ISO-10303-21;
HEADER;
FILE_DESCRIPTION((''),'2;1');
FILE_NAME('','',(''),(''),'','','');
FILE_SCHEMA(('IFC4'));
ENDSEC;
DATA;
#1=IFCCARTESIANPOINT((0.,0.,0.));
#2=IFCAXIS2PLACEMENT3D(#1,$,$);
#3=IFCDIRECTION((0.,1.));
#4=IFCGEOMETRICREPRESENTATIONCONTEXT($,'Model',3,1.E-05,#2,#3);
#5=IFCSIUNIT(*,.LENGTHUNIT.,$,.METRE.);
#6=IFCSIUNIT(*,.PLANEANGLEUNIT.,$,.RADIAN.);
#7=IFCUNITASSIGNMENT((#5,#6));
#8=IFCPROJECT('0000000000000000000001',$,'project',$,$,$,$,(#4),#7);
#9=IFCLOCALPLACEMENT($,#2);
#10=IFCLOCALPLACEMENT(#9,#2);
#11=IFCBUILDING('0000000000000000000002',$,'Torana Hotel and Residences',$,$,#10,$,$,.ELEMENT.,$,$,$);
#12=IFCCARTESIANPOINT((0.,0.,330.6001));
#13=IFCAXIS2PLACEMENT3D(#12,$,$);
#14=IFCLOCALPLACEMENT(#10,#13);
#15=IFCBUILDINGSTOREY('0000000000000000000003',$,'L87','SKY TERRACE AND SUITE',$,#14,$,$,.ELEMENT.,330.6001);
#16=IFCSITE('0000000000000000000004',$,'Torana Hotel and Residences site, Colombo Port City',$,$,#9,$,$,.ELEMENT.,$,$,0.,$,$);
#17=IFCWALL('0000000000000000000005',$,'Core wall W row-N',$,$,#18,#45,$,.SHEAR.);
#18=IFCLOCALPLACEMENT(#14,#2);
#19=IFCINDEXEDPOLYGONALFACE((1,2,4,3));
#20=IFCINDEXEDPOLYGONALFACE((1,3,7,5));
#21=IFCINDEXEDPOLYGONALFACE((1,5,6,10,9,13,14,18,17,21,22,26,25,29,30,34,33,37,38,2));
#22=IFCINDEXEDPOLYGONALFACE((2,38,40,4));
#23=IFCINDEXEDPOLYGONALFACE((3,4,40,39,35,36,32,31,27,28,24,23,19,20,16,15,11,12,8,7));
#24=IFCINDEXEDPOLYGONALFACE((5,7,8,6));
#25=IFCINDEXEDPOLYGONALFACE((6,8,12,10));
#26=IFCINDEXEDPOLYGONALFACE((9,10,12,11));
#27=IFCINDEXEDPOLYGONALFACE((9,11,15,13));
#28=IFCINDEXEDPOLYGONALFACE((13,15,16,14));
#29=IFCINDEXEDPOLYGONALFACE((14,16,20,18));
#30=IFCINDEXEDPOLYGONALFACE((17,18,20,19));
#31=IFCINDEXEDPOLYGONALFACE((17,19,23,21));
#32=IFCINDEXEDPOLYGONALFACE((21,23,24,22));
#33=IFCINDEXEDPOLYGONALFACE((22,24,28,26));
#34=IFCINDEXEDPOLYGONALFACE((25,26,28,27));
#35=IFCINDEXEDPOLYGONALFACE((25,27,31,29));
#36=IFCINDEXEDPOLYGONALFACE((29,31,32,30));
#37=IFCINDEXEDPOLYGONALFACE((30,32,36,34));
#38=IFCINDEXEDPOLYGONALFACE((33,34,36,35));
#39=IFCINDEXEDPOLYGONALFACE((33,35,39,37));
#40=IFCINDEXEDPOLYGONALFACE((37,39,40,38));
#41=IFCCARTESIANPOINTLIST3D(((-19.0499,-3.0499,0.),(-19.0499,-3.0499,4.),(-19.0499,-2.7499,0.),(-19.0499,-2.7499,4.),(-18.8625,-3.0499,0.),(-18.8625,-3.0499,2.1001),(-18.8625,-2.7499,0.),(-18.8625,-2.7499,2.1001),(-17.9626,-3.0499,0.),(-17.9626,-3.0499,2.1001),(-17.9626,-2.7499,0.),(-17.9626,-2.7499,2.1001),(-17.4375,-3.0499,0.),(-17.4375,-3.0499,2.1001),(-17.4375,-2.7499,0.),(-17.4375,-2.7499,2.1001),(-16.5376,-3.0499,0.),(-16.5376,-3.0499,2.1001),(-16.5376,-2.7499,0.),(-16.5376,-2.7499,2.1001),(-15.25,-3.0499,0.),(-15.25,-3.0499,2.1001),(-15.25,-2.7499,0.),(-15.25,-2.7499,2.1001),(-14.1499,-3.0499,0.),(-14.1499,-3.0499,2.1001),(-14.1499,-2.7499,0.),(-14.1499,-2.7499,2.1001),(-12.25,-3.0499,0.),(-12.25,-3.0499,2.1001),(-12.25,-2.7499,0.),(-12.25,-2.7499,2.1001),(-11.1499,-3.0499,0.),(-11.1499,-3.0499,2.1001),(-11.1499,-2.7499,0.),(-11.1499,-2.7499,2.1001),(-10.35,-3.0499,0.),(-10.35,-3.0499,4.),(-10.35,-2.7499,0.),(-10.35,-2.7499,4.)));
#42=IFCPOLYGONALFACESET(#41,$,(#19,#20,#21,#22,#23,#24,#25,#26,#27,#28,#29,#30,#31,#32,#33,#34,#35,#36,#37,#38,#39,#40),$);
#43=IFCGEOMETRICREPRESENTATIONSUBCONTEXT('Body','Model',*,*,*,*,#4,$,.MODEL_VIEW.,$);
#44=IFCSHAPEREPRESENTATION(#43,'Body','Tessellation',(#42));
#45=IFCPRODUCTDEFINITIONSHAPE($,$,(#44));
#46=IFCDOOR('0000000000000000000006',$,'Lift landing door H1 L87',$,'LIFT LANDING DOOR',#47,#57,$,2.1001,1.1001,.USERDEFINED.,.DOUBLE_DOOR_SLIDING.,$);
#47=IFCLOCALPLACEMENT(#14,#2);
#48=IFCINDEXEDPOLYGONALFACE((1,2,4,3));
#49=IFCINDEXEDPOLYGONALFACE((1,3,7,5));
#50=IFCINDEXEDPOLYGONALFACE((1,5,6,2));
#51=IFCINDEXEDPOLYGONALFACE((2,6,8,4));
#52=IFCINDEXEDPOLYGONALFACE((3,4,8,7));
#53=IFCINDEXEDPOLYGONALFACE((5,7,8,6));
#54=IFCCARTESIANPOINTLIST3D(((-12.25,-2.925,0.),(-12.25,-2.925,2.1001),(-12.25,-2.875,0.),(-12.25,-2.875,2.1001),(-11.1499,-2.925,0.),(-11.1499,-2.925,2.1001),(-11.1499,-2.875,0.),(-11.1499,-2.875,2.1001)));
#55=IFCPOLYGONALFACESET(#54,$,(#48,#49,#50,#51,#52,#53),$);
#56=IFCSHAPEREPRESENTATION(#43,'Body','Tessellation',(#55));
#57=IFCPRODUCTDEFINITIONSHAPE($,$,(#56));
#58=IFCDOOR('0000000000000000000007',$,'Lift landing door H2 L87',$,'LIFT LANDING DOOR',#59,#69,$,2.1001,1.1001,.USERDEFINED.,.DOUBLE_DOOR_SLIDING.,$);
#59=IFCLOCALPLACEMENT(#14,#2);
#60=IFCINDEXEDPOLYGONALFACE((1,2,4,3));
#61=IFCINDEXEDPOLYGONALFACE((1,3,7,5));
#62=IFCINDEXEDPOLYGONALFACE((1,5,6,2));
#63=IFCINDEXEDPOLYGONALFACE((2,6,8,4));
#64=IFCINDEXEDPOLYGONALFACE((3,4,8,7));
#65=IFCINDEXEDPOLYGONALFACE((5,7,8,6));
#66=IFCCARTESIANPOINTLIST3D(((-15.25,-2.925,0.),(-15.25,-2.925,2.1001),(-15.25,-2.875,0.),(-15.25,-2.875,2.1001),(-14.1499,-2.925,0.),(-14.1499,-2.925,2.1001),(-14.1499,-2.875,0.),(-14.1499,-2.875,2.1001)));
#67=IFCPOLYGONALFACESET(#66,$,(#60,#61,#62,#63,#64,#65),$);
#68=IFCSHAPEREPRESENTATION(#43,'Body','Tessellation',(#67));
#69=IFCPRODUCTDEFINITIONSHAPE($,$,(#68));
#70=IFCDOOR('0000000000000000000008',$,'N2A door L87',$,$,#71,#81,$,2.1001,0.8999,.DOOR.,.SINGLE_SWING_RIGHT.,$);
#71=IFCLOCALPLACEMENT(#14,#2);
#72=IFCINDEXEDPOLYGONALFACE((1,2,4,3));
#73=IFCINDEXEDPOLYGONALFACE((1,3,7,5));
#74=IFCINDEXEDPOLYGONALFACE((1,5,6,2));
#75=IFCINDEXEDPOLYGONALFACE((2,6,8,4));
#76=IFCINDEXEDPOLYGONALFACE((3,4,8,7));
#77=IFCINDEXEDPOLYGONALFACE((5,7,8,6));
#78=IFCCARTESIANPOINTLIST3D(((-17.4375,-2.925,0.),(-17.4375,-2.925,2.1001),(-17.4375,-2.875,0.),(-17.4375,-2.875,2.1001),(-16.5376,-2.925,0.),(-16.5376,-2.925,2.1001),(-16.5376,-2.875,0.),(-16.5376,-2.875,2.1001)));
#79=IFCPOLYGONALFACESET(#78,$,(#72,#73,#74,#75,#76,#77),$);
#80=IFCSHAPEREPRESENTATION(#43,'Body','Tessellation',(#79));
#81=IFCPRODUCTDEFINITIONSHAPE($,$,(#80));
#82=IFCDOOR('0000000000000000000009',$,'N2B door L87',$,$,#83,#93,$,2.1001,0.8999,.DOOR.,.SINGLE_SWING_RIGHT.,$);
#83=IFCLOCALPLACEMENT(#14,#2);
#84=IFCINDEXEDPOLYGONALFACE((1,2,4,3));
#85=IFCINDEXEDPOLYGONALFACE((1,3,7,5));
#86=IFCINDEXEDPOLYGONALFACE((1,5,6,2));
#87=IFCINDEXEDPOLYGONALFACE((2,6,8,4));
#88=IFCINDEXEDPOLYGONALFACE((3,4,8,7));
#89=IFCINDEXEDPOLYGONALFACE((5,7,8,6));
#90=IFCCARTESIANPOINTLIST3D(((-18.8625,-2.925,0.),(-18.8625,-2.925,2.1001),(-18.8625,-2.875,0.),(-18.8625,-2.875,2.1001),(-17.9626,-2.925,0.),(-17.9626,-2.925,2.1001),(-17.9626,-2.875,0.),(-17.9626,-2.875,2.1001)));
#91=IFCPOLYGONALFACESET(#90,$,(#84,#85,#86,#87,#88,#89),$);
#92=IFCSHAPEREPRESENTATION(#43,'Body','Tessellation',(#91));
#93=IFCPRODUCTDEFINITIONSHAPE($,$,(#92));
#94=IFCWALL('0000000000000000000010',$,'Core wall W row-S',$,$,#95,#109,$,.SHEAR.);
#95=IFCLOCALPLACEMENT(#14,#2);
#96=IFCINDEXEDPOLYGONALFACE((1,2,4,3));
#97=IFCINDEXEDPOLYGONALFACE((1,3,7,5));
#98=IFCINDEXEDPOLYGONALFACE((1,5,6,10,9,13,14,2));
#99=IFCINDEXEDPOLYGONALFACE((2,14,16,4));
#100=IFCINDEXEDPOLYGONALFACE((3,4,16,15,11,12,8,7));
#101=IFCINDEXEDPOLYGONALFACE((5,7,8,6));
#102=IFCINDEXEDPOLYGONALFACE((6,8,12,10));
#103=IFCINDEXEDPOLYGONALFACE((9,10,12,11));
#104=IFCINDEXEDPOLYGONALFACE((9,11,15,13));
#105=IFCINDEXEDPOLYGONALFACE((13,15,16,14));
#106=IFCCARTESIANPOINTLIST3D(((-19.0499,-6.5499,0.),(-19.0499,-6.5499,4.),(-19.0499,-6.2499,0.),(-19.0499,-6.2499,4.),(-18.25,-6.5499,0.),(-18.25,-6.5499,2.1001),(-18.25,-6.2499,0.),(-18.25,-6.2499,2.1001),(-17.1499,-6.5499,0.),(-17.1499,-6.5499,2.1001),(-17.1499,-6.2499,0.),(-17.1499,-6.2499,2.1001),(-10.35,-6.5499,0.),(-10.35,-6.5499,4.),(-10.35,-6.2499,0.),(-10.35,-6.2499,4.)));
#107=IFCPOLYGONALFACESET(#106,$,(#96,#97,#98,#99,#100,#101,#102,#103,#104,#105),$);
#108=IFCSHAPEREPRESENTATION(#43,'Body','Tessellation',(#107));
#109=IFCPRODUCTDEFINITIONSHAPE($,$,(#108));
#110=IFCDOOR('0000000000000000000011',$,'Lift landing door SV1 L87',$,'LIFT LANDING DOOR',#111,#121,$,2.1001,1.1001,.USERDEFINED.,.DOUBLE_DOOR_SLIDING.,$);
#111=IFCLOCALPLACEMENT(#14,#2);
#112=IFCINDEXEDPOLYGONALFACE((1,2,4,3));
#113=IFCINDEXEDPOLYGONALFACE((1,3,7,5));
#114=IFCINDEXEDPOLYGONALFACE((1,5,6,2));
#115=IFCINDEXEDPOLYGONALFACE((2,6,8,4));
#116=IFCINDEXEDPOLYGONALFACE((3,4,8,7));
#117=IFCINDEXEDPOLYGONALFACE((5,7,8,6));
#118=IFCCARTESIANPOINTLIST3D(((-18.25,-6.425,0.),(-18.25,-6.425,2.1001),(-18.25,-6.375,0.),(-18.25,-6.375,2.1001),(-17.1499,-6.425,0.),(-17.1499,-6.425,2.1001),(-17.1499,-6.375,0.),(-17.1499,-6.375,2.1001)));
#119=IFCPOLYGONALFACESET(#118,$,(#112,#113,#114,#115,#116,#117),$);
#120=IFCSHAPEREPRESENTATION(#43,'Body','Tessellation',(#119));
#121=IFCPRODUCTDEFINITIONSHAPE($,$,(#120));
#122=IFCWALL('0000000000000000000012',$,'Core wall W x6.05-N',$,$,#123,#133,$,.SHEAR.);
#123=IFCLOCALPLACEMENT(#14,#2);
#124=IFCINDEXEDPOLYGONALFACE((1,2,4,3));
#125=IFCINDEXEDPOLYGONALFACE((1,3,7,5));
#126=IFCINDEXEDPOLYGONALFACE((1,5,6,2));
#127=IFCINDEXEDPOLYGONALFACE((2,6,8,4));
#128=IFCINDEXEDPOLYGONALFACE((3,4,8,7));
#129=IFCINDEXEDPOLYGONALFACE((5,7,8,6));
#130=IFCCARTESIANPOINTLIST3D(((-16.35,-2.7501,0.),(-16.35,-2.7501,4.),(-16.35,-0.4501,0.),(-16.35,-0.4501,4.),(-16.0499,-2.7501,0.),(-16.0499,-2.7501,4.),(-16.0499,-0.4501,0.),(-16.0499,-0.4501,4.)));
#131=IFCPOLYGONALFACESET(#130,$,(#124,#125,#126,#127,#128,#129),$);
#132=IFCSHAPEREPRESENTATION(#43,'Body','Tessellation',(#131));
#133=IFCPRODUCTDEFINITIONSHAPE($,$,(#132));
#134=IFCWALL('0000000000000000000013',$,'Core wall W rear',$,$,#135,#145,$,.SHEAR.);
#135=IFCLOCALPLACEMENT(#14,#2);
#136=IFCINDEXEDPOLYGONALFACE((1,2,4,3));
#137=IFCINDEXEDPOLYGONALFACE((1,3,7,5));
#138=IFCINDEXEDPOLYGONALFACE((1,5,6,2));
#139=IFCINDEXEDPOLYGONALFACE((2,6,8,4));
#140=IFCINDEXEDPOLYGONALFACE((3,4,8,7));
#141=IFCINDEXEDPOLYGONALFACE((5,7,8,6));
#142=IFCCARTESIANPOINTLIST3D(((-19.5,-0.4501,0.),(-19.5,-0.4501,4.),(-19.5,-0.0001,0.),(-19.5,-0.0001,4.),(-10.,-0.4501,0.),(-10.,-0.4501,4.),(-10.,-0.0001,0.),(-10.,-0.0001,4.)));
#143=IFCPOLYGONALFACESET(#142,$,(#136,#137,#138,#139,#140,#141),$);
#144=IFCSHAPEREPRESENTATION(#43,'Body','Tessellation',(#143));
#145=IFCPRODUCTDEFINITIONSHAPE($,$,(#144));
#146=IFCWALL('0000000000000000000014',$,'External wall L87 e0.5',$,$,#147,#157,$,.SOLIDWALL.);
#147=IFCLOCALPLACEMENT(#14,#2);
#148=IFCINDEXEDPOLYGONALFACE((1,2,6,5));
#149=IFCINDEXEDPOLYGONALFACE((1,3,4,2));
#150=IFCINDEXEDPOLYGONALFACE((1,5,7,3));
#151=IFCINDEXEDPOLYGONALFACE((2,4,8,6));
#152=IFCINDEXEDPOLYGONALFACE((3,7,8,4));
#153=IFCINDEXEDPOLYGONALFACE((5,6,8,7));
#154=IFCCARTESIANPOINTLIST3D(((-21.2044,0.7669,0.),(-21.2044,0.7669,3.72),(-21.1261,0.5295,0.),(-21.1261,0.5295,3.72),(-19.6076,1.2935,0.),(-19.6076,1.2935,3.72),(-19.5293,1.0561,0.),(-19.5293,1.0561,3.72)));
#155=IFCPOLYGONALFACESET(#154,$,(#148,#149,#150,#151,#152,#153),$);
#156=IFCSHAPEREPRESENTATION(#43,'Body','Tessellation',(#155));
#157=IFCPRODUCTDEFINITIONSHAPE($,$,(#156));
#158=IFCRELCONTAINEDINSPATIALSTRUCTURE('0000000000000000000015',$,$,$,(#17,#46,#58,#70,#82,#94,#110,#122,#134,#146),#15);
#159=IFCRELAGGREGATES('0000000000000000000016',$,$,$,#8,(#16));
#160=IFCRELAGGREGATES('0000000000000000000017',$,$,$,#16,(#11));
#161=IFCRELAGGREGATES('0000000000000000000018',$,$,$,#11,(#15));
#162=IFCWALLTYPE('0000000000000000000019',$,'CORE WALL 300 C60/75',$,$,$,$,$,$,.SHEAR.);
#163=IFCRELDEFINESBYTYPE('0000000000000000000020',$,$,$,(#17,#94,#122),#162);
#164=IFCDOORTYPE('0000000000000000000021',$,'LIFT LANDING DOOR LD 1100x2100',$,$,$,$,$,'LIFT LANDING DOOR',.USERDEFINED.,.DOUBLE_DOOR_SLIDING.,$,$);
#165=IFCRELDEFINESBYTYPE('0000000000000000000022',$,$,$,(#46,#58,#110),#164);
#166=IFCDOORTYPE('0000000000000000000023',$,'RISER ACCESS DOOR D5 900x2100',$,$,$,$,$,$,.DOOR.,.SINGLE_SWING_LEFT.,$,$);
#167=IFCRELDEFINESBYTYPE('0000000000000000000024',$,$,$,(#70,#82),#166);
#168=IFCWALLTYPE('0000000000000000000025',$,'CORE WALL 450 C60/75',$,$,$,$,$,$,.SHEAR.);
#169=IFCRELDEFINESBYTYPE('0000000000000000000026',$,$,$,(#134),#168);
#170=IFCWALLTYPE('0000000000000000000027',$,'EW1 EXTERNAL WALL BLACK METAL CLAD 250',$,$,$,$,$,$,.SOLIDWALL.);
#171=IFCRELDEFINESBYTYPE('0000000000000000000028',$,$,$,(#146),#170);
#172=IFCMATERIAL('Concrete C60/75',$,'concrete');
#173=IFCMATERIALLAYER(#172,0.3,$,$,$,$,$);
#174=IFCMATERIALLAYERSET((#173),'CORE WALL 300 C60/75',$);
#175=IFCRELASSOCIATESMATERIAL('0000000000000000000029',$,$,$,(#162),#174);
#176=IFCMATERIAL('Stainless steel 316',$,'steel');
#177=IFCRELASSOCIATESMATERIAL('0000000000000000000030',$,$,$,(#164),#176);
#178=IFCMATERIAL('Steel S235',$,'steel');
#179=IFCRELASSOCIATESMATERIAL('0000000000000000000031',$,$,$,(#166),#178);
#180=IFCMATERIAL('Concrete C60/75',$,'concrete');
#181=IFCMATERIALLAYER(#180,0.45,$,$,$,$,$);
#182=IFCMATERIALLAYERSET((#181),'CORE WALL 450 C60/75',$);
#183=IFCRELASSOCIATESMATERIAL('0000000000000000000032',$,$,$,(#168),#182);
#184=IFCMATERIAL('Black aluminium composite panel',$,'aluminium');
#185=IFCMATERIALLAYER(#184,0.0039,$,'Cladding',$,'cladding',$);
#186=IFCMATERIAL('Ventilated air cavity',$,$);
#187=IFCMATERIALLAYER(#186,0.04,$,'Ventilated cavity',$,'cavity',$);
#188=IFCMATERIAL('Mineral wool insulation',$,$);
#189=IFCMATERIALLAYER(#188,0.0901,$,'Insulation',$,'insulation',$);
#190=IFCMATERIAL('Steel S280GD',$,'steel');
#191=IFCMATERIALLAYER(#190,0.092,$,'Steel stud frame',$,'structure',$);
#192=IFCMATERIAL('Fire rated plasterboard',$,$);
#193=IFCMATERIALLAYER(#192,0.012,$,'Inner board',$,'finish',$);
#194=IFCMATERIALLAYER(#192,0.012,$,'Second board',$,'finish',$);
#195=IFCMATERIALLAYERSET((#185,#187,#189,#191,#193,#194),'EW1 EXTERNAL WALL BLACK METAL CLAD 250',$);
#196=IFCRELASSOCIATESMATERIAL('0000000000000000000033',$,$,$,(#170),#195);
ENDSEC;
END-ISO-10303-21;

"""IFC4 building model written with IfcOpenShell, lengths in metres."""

from ifc_helpers import new_model, si_unit, direction, frame, frame_2d, origin, place, context, subcontext, project, spatial, rectangle, extrude, material, layer, layer_set, type_object, element, fill, save


model = new_model("IFC4")

# Units and contexts
model_context = context("Model", 3, precision=1e-05, world=origin(), true_north=direction((0.0, 1.0)))
body_context = subcontext(model_context, "Body", "Model", "MODEL_VIEW")
ifc_project = project(units=[si_unit("LENGTHUNIT", "METRE"), si_unit("PLANEANGLEUNIT", "RADIAN")], contexts=[model_context])

# Site, building, storey
site_placement = place(None, origin())
site = spatial("IfcSite", under=ifc_project, at=site_placement, Name="Torana Hotel and Residences site, Colombo Port City", CompositionType="ELEMENT", RefElevation=0.0)
building_placement = place(site_placement, origin())
building = spatial("IfcBuilding", under=site, at=building_placement, Name="Torana Hotel and Residences", CompositionType="ELEMENT")
storey_placement = place(building_placement, frame((0.0, 0.0, 330.6001)))
storey = spatial("IfcBuildingStorey", under=building, at=storey_placement, Name="L87", Description="SKY TERRACE AND SUITE", CompositionType="ELEMENT", Elevation=330.6001)

# Wall, openings, doors
ifc_material_1 = material(Name="Concrete C60/75", Category="concrete")
ifc_layer_1 = layer(ifc_material_1, 0.3)
ifc_layer_set_1 = layer_set([ifc_layer_1], Name="CORE WALL 300 C60/75")
wall_type_1 = type_object("IfcWallType", Name="CORE WALL 300 C60/75", PredefinedType="SHEAR", material=ifc_layer_set_1)
wall_1_placement = place(storey_placement, frame((-19.05, -2.8999, 0.0), z_axis=(0.0, 0.0, 1.0), x_axis=(1.0, 0.0, 0.0)))
wall_1 = element("IfcWall", 1, at=wall_1_placement, inside=storey, type_object=wall_type_1, Name="Core wall W row-N", PredefinedType="SHEAR", context=body_context, shape_type="SweptSolid", body=[
    extrude(rectangle(XDim=8.7, YDim=0.3, at=frame_2d((4.3501, 0.0))), origin(), (0.0, 0.0, 1.0), 4.0),
])
opening_1_placement = place(wall_1_placement, frame((6.8, 0.0, 0.0)))
opening_1 = element("IfcOpeningElement", 2, at=opening_1_placement, cuts=wall_1, PredefinedType="OPENING", context=body_context, shape_type="SweptSolid", body=[
    extrude(rectangle(XDim=1.1001, YDim=2.1001, at=frame_2d((0.55, 1.05))), frame((0.0, 0.1599, 0.0), z_axis=(0.0, -1.0, 0.0), x_axis=(1.0, 0.0, 0.0)), (0.0, 0.0, 1.0), 0.3201),
])
opening_2_placement = place(wall_1_placement, frame((3.8, 0.0, 0.0)))
opening_2 = element("IfcOpeningElement", 3, at=opening_2_placement, cuts=wall_1, PredefinedType="OPENING", context=body_context, shape_type="SweptSolid", body=[
    extrude(rectangle(XDim=1.1001, YDim=2.1001, at=frame_2d((0.55, 1.05))), frame((0.0, 0.1599, 0.0), z_axis=(0.0, -1.0, 0.0), x_axis=(1.0, 0.0, 0.0)), (0.0, 0.0, 1.0), 0.3201),
])
opening_3_placement = place(wall_1_placement, frame((1.6125, 0.0, 0.0)))
opening_3 = element("IfcOpeningElement", 4, at=opening_3_placement, cuts=wall_1, PredefinedType="OPENING", context=body_context, shape_type="SweptSolid", body=[
    extrude(rectangle(XDim=0.8999, YDim=2.1001, at=frame_2d((0.45, 1.05))), frame((0.0, 0.1599, 0.0), z_axis=(0.0, -1.0, 0.0), x_axis=(1.0, 0.0, 0.0)), (0.0, 0.0, 1.0), 0.3201),
])
opening_4_placement = place(wall_1_placement, frame((0.1875, 0.0, 0.0)))
opening_4 = element("IfcOpeningElement", 5, at=opening_4_placement, cuts=wall_1, PredefinedType="OPENING", context=body_context, shape_type="SweptSolid", body=[
    extrude(rectangle(XDim=0.8999, YDim=2.1001, at=frame_2d((0.45, 1.05))), frame((0.0, 0.1599, 0.0), z_axis=(0.0, -1.0, 0.0), x_axis=(1.0, 0.0, 0.0)), (0.0, 0.0, 1.0), 0.3201),
])
ifc_material_2 = material(Name="Stainless steel 316", Category="steel")
door_type_1 = type_object("IfcDoorType", Name="LIFT LANDING DOOR LD 1100x2100", ElementType="LIFT LANDING DOOR", OperationType="DOUBLE_DOOR_SLIDING", PredefinedType="USERDEFINED", material=ifc_material_2)
door_1_placement = place(opening_1_placement, origin())
door_1 = element("IfcDoor", 6, at=door_1_placement, inside=storey, type_object=door_type_1, Name="Lift landing door H1 L87", ObjectType="LIFT LANDING DOOR", OperationType="DOUBLE_DOOR_SLIDING", OverallHeight=2.1001, OverallWidth=1.1001, PredefinedType="USERDEFINED", context=body_context, shape_type="SweptSolid", body=[
    extrude(rectangle(XDim=1.1001, YDim=2.1001, at=frame_2d((0.55, 1.05))), frame((0.0, 0.0249, 0.0), z_axis=(0.0, -1.0, 0.0), x_axis=(1.0, 0.0, 0.0)), (0.0, 0.0, 1.0), 0.05),
])
fill(opening_1, door_1)
door_2_placement = place(opening_2_placement, origin())
door_2 = element("IfcDoor", 7, at=door_2_placement, inside=storey, type_object=door_type_1, Name="Lift landing door H2 L87", ObjectType="LIFT LANDING DOOR", OperationType="DOUBLE_DOOR_SLIDING", OverallHeight=2.1001, OverallWidth=1.1001, PredefinedType="USERDEFINED", context=body_context, shape_type="SweptSolid", body=[
    extrude(rectangle(XDim=1.1001, YDim=2.1001, at=frame_2d((0.55, 1.05))), frame((0.0, 0.0249, 0.0), z_axis=(0.0, -1.0, 0.0), x_axis=(1.0, 0.0, 0.0)), (0.0, 0.0, 1.0), 0.05),
])
fill(opening_2, door_2)
ifc_material_3 = material(Name="Steel S235", Category="steel")
door_type_2 = type_object("IfcDoorType", Name="RISER ACCESS DOOR D5 900x2100", OperationType="SINGLE_SWING_LEFT", PredefinedType="DOOR", material=ifc_material_3)
door_3_placement = place(opening_3_placement, origin())
door_3 = element("IfcDoor", 8, at=door_3_placement, inside=storey, type_object=door_type_2, Name="N2A door L87", OperationType="SINGLE_SWING_RIGHT", OverallHeight=2.1001, OverallWidth=0.8999, PredefinedType="DOOR", context=body_context, shape_type="SweptSolid", body=[
    extrude(rectangle(XDim=0.8999, YDim=2.1001, at=frame_2d((0.45, 1.05))), frame((0.0, 0.0249, 0.0), z_axis=(0.0, -1.0, 0.0), x_axis=(1.0, 0.0, 0.0)), (0.0, 0.0, 1.0), 0.05),
])
fill(opening_3, door_3)
door_4_placement = place(opening_4_placement, origin())
door_4 = element("IfcDoor", 9, at=door_4_placement, inside=storey, type_object=door_type_2, Name="N2B door L87", OperationType="SINGLE_SWING_RIGHT", OverallHeight=2.1001, OverallWidth=0.8999, PredefinedType="DOOR", context=body_context, shape_type="SweptSolid", body=[
    extrude(rectangle(XDim=0.8999, YDim=2.1001, at=frame_2d((0.45, 1.05))), frame((0.0, 0.0249, 0.0), z_axis=(0.0, -1.0, 0.0), x_axis=(1.0, 0.0, 0.0)), (0.0, 0.0, 1.0), 0.05),
])
fill(opening_4, door_4)

# Wall, opening, door
wall_2_placement = place(storey_placement, frame((-19.05, -6.3999, 0.0), z_axis=(0.0, 0.0, 1.0), x_axis=(1.0, 0.0, 0.0)))
wall_2 = element("IfcWall", 10, at=wall_2_placement, inside=storey, type_object=wall_type_1, Name="Core wall W row-S", PredefinedType="SHEAR", context=body_context, shape_type="SweptSolid", body=[
    extrude(rectangle(XDim=8.7, YDim=0.3, at=frame_2d((4.3501, 0.0))), origin(), (0.0, 0.0, 1.0), 4.0),
])
opening_5_placement = place(wall_2_placement, frame((0.8, 0.0, 0.0)))
opening_5 = element("IfcOpeningElement", 11, at=opening_5_placement, cuts=wall_2, PredefinedType="OPENING", context=body_context, shape_type="SweptSolid", body=[
    extrude(rectangle(XDim=1.1001, YDim=2.1001, at=frame_2d((0.55, 1.05))), frame((0.0, 0.1599, 0.0), z_axis=(0.0, -1.0, 0.0), x_axis=(1.0, 0.0, 0.0)), (0.0, 0.0, 1.0), 0.3201),
])
door_5_placement = place(opening_5_placement, origin())
door_5 = element("IfcDoor", 12, at=door_5_placement, inside=storey, type_object=door_type_1, Name="Lift landing door SV1 L87", ObjectType="LIFT LANDING DOOR", OperationType="DOUBLE_DOOR_SLIDING", OverallHeight=2.1001, OverallWidth=1.1001, PredefinedType="USERDEFINED", context=body_context, shape_type="SweptSolid", body=[
    extrude(rectangle(XDim=1.1001, YDim=2.1001, at=frame_2d((0.55, 1.05))), frame((0.0, 0.0249, 0.0), z_axis=(0.0, -1.0, 0.0), x_axis=(1.0, 0.0, 0.0)), (0.0, 0.0, 1.0), 0.05),
])
fill(opening_5, door_5)

# Walls
wall_3_placement = place(storey_placement, frame((-16.2, -2.75, 0.0), z_axis=(0.0, 0.0, 1.0), x_axis=(0.0, 1.0, 0.0)))
element("IfcWall", 13, at=wall_3_placement, inside=storey, type_object=wall_type_1, Name="Core wall W x6.05-N", PredefinedType="SHEAR", context=body_context, shape_type="SweptSolid", body=[
    extrude(rectangle(XDim=2.3, YDim=0.3, at=frame_2d((1.1499, 0.0))), origin(), (0.0, 0.0, 1.0), 4.0),
])
ifc_material_4 = material(Name="Concrete C60/75", Category="concrete")
ifc_layer_2 = layer(ifc_material_4, 0.45)
ifc_layer_set_2 = layer_set([ifc_layer_2], Name="CORE WALL 450 C60/75")
wall_type_2 = type_object("IfcWallType", Name="CORE WALL 450 C60/75", PredefinedType="SHEAR", material=ifc_layer_set_2)
wall_4_placement = place(storey_placement, frame((-19.5, -0.2251, 0.0), z_axis=(0.0, 0.0, 1.0), x_axis=(1.0, 0.0, 0.0)))
element("IfcWall", 14, at=wall_4_placement, inside=storey, type_object=wall_type_2, Name="Core wall W rear", PredefinedType="SHEAR", context=body_context, shape_type="SweptSolid", body=[
    extrude(rectangle(XDim=9.5, YDim=0.45, at=frame_2d((4.75, 0.0))), origin(), (0.0, 0.0, 1.0), 4.0),
])
ifc_material_5 = material(Name="Black aluminium composite panel", Category="aluminium")
ifc_layer_3 = layer(ifc_material_5, 0.0039, Name="Cladding", Category="cladding")
ifc_material_6 = material(Name="Ventilated air cavity")
ifc_layer_4 = layer(ifc_material_6, 0.04, Name="Ventilated cavity", Category="cavity")
ifc_material_7 = material(Name="Mineral wool insulation")
ifc_layer_5 = layer(ifc_material_7, 0.0901, Name="Insulation", Category="insulation")
ifc_material_8 = material(Name="Steel S280GD", Category="steel")
ifc_layer_6 = layer(ifc_material_8, 0.092, Name="Steel stud frame", Category="structure")
ifc_material_9 = material(Name="Fire rated plasterboard")
ifc_layer_7 = layer(ifc_material_9, 0.012, Name="Inner board", Category="finish")
ifc_layer_8 = layer(ifc_material_9, 0.012, Name="Second board", Category="finish")
ifc_layer_set_3 = layer_set([ifc_layer_3, ifc_layer_4, ifc_layer_5, ifc_layer_6, ifc_layer_7, ifc_layer_8], Name="EW1 EXTERNAL WALL BLACK METAL CLAD 250")
wall_type_3 = type_object("IfcWallType", Name="EW1 EXTERNAL WALL BLACK METAL CLAD 250", PredefinedType="SOLIDWALL", material=ifc_layer_set_3)
wall_5_placement = place(storey_placement, frame((-19.5684, 1.1748, 0.0), z_axis=(0.0, 0.0, 1.0), x_axis=(-0.949695, -0.313177, 0.0)))
element("IfcWall", 15, at=wall_5_placement, inside=storey, type_object=wall_type_3, Name="External wall L87 e0.5", PredefinedType="SOLIDWALL", context=body_context, shape_type="SweptSolid", body=[
    extrude(rectangle(XDim=1.6814, YDim=0.25, at=frame_2d((0.8408, 0.0))), origin(), (0.0, 0.0, 1.0), 3.72),
])

save(model, "model.ifc")
